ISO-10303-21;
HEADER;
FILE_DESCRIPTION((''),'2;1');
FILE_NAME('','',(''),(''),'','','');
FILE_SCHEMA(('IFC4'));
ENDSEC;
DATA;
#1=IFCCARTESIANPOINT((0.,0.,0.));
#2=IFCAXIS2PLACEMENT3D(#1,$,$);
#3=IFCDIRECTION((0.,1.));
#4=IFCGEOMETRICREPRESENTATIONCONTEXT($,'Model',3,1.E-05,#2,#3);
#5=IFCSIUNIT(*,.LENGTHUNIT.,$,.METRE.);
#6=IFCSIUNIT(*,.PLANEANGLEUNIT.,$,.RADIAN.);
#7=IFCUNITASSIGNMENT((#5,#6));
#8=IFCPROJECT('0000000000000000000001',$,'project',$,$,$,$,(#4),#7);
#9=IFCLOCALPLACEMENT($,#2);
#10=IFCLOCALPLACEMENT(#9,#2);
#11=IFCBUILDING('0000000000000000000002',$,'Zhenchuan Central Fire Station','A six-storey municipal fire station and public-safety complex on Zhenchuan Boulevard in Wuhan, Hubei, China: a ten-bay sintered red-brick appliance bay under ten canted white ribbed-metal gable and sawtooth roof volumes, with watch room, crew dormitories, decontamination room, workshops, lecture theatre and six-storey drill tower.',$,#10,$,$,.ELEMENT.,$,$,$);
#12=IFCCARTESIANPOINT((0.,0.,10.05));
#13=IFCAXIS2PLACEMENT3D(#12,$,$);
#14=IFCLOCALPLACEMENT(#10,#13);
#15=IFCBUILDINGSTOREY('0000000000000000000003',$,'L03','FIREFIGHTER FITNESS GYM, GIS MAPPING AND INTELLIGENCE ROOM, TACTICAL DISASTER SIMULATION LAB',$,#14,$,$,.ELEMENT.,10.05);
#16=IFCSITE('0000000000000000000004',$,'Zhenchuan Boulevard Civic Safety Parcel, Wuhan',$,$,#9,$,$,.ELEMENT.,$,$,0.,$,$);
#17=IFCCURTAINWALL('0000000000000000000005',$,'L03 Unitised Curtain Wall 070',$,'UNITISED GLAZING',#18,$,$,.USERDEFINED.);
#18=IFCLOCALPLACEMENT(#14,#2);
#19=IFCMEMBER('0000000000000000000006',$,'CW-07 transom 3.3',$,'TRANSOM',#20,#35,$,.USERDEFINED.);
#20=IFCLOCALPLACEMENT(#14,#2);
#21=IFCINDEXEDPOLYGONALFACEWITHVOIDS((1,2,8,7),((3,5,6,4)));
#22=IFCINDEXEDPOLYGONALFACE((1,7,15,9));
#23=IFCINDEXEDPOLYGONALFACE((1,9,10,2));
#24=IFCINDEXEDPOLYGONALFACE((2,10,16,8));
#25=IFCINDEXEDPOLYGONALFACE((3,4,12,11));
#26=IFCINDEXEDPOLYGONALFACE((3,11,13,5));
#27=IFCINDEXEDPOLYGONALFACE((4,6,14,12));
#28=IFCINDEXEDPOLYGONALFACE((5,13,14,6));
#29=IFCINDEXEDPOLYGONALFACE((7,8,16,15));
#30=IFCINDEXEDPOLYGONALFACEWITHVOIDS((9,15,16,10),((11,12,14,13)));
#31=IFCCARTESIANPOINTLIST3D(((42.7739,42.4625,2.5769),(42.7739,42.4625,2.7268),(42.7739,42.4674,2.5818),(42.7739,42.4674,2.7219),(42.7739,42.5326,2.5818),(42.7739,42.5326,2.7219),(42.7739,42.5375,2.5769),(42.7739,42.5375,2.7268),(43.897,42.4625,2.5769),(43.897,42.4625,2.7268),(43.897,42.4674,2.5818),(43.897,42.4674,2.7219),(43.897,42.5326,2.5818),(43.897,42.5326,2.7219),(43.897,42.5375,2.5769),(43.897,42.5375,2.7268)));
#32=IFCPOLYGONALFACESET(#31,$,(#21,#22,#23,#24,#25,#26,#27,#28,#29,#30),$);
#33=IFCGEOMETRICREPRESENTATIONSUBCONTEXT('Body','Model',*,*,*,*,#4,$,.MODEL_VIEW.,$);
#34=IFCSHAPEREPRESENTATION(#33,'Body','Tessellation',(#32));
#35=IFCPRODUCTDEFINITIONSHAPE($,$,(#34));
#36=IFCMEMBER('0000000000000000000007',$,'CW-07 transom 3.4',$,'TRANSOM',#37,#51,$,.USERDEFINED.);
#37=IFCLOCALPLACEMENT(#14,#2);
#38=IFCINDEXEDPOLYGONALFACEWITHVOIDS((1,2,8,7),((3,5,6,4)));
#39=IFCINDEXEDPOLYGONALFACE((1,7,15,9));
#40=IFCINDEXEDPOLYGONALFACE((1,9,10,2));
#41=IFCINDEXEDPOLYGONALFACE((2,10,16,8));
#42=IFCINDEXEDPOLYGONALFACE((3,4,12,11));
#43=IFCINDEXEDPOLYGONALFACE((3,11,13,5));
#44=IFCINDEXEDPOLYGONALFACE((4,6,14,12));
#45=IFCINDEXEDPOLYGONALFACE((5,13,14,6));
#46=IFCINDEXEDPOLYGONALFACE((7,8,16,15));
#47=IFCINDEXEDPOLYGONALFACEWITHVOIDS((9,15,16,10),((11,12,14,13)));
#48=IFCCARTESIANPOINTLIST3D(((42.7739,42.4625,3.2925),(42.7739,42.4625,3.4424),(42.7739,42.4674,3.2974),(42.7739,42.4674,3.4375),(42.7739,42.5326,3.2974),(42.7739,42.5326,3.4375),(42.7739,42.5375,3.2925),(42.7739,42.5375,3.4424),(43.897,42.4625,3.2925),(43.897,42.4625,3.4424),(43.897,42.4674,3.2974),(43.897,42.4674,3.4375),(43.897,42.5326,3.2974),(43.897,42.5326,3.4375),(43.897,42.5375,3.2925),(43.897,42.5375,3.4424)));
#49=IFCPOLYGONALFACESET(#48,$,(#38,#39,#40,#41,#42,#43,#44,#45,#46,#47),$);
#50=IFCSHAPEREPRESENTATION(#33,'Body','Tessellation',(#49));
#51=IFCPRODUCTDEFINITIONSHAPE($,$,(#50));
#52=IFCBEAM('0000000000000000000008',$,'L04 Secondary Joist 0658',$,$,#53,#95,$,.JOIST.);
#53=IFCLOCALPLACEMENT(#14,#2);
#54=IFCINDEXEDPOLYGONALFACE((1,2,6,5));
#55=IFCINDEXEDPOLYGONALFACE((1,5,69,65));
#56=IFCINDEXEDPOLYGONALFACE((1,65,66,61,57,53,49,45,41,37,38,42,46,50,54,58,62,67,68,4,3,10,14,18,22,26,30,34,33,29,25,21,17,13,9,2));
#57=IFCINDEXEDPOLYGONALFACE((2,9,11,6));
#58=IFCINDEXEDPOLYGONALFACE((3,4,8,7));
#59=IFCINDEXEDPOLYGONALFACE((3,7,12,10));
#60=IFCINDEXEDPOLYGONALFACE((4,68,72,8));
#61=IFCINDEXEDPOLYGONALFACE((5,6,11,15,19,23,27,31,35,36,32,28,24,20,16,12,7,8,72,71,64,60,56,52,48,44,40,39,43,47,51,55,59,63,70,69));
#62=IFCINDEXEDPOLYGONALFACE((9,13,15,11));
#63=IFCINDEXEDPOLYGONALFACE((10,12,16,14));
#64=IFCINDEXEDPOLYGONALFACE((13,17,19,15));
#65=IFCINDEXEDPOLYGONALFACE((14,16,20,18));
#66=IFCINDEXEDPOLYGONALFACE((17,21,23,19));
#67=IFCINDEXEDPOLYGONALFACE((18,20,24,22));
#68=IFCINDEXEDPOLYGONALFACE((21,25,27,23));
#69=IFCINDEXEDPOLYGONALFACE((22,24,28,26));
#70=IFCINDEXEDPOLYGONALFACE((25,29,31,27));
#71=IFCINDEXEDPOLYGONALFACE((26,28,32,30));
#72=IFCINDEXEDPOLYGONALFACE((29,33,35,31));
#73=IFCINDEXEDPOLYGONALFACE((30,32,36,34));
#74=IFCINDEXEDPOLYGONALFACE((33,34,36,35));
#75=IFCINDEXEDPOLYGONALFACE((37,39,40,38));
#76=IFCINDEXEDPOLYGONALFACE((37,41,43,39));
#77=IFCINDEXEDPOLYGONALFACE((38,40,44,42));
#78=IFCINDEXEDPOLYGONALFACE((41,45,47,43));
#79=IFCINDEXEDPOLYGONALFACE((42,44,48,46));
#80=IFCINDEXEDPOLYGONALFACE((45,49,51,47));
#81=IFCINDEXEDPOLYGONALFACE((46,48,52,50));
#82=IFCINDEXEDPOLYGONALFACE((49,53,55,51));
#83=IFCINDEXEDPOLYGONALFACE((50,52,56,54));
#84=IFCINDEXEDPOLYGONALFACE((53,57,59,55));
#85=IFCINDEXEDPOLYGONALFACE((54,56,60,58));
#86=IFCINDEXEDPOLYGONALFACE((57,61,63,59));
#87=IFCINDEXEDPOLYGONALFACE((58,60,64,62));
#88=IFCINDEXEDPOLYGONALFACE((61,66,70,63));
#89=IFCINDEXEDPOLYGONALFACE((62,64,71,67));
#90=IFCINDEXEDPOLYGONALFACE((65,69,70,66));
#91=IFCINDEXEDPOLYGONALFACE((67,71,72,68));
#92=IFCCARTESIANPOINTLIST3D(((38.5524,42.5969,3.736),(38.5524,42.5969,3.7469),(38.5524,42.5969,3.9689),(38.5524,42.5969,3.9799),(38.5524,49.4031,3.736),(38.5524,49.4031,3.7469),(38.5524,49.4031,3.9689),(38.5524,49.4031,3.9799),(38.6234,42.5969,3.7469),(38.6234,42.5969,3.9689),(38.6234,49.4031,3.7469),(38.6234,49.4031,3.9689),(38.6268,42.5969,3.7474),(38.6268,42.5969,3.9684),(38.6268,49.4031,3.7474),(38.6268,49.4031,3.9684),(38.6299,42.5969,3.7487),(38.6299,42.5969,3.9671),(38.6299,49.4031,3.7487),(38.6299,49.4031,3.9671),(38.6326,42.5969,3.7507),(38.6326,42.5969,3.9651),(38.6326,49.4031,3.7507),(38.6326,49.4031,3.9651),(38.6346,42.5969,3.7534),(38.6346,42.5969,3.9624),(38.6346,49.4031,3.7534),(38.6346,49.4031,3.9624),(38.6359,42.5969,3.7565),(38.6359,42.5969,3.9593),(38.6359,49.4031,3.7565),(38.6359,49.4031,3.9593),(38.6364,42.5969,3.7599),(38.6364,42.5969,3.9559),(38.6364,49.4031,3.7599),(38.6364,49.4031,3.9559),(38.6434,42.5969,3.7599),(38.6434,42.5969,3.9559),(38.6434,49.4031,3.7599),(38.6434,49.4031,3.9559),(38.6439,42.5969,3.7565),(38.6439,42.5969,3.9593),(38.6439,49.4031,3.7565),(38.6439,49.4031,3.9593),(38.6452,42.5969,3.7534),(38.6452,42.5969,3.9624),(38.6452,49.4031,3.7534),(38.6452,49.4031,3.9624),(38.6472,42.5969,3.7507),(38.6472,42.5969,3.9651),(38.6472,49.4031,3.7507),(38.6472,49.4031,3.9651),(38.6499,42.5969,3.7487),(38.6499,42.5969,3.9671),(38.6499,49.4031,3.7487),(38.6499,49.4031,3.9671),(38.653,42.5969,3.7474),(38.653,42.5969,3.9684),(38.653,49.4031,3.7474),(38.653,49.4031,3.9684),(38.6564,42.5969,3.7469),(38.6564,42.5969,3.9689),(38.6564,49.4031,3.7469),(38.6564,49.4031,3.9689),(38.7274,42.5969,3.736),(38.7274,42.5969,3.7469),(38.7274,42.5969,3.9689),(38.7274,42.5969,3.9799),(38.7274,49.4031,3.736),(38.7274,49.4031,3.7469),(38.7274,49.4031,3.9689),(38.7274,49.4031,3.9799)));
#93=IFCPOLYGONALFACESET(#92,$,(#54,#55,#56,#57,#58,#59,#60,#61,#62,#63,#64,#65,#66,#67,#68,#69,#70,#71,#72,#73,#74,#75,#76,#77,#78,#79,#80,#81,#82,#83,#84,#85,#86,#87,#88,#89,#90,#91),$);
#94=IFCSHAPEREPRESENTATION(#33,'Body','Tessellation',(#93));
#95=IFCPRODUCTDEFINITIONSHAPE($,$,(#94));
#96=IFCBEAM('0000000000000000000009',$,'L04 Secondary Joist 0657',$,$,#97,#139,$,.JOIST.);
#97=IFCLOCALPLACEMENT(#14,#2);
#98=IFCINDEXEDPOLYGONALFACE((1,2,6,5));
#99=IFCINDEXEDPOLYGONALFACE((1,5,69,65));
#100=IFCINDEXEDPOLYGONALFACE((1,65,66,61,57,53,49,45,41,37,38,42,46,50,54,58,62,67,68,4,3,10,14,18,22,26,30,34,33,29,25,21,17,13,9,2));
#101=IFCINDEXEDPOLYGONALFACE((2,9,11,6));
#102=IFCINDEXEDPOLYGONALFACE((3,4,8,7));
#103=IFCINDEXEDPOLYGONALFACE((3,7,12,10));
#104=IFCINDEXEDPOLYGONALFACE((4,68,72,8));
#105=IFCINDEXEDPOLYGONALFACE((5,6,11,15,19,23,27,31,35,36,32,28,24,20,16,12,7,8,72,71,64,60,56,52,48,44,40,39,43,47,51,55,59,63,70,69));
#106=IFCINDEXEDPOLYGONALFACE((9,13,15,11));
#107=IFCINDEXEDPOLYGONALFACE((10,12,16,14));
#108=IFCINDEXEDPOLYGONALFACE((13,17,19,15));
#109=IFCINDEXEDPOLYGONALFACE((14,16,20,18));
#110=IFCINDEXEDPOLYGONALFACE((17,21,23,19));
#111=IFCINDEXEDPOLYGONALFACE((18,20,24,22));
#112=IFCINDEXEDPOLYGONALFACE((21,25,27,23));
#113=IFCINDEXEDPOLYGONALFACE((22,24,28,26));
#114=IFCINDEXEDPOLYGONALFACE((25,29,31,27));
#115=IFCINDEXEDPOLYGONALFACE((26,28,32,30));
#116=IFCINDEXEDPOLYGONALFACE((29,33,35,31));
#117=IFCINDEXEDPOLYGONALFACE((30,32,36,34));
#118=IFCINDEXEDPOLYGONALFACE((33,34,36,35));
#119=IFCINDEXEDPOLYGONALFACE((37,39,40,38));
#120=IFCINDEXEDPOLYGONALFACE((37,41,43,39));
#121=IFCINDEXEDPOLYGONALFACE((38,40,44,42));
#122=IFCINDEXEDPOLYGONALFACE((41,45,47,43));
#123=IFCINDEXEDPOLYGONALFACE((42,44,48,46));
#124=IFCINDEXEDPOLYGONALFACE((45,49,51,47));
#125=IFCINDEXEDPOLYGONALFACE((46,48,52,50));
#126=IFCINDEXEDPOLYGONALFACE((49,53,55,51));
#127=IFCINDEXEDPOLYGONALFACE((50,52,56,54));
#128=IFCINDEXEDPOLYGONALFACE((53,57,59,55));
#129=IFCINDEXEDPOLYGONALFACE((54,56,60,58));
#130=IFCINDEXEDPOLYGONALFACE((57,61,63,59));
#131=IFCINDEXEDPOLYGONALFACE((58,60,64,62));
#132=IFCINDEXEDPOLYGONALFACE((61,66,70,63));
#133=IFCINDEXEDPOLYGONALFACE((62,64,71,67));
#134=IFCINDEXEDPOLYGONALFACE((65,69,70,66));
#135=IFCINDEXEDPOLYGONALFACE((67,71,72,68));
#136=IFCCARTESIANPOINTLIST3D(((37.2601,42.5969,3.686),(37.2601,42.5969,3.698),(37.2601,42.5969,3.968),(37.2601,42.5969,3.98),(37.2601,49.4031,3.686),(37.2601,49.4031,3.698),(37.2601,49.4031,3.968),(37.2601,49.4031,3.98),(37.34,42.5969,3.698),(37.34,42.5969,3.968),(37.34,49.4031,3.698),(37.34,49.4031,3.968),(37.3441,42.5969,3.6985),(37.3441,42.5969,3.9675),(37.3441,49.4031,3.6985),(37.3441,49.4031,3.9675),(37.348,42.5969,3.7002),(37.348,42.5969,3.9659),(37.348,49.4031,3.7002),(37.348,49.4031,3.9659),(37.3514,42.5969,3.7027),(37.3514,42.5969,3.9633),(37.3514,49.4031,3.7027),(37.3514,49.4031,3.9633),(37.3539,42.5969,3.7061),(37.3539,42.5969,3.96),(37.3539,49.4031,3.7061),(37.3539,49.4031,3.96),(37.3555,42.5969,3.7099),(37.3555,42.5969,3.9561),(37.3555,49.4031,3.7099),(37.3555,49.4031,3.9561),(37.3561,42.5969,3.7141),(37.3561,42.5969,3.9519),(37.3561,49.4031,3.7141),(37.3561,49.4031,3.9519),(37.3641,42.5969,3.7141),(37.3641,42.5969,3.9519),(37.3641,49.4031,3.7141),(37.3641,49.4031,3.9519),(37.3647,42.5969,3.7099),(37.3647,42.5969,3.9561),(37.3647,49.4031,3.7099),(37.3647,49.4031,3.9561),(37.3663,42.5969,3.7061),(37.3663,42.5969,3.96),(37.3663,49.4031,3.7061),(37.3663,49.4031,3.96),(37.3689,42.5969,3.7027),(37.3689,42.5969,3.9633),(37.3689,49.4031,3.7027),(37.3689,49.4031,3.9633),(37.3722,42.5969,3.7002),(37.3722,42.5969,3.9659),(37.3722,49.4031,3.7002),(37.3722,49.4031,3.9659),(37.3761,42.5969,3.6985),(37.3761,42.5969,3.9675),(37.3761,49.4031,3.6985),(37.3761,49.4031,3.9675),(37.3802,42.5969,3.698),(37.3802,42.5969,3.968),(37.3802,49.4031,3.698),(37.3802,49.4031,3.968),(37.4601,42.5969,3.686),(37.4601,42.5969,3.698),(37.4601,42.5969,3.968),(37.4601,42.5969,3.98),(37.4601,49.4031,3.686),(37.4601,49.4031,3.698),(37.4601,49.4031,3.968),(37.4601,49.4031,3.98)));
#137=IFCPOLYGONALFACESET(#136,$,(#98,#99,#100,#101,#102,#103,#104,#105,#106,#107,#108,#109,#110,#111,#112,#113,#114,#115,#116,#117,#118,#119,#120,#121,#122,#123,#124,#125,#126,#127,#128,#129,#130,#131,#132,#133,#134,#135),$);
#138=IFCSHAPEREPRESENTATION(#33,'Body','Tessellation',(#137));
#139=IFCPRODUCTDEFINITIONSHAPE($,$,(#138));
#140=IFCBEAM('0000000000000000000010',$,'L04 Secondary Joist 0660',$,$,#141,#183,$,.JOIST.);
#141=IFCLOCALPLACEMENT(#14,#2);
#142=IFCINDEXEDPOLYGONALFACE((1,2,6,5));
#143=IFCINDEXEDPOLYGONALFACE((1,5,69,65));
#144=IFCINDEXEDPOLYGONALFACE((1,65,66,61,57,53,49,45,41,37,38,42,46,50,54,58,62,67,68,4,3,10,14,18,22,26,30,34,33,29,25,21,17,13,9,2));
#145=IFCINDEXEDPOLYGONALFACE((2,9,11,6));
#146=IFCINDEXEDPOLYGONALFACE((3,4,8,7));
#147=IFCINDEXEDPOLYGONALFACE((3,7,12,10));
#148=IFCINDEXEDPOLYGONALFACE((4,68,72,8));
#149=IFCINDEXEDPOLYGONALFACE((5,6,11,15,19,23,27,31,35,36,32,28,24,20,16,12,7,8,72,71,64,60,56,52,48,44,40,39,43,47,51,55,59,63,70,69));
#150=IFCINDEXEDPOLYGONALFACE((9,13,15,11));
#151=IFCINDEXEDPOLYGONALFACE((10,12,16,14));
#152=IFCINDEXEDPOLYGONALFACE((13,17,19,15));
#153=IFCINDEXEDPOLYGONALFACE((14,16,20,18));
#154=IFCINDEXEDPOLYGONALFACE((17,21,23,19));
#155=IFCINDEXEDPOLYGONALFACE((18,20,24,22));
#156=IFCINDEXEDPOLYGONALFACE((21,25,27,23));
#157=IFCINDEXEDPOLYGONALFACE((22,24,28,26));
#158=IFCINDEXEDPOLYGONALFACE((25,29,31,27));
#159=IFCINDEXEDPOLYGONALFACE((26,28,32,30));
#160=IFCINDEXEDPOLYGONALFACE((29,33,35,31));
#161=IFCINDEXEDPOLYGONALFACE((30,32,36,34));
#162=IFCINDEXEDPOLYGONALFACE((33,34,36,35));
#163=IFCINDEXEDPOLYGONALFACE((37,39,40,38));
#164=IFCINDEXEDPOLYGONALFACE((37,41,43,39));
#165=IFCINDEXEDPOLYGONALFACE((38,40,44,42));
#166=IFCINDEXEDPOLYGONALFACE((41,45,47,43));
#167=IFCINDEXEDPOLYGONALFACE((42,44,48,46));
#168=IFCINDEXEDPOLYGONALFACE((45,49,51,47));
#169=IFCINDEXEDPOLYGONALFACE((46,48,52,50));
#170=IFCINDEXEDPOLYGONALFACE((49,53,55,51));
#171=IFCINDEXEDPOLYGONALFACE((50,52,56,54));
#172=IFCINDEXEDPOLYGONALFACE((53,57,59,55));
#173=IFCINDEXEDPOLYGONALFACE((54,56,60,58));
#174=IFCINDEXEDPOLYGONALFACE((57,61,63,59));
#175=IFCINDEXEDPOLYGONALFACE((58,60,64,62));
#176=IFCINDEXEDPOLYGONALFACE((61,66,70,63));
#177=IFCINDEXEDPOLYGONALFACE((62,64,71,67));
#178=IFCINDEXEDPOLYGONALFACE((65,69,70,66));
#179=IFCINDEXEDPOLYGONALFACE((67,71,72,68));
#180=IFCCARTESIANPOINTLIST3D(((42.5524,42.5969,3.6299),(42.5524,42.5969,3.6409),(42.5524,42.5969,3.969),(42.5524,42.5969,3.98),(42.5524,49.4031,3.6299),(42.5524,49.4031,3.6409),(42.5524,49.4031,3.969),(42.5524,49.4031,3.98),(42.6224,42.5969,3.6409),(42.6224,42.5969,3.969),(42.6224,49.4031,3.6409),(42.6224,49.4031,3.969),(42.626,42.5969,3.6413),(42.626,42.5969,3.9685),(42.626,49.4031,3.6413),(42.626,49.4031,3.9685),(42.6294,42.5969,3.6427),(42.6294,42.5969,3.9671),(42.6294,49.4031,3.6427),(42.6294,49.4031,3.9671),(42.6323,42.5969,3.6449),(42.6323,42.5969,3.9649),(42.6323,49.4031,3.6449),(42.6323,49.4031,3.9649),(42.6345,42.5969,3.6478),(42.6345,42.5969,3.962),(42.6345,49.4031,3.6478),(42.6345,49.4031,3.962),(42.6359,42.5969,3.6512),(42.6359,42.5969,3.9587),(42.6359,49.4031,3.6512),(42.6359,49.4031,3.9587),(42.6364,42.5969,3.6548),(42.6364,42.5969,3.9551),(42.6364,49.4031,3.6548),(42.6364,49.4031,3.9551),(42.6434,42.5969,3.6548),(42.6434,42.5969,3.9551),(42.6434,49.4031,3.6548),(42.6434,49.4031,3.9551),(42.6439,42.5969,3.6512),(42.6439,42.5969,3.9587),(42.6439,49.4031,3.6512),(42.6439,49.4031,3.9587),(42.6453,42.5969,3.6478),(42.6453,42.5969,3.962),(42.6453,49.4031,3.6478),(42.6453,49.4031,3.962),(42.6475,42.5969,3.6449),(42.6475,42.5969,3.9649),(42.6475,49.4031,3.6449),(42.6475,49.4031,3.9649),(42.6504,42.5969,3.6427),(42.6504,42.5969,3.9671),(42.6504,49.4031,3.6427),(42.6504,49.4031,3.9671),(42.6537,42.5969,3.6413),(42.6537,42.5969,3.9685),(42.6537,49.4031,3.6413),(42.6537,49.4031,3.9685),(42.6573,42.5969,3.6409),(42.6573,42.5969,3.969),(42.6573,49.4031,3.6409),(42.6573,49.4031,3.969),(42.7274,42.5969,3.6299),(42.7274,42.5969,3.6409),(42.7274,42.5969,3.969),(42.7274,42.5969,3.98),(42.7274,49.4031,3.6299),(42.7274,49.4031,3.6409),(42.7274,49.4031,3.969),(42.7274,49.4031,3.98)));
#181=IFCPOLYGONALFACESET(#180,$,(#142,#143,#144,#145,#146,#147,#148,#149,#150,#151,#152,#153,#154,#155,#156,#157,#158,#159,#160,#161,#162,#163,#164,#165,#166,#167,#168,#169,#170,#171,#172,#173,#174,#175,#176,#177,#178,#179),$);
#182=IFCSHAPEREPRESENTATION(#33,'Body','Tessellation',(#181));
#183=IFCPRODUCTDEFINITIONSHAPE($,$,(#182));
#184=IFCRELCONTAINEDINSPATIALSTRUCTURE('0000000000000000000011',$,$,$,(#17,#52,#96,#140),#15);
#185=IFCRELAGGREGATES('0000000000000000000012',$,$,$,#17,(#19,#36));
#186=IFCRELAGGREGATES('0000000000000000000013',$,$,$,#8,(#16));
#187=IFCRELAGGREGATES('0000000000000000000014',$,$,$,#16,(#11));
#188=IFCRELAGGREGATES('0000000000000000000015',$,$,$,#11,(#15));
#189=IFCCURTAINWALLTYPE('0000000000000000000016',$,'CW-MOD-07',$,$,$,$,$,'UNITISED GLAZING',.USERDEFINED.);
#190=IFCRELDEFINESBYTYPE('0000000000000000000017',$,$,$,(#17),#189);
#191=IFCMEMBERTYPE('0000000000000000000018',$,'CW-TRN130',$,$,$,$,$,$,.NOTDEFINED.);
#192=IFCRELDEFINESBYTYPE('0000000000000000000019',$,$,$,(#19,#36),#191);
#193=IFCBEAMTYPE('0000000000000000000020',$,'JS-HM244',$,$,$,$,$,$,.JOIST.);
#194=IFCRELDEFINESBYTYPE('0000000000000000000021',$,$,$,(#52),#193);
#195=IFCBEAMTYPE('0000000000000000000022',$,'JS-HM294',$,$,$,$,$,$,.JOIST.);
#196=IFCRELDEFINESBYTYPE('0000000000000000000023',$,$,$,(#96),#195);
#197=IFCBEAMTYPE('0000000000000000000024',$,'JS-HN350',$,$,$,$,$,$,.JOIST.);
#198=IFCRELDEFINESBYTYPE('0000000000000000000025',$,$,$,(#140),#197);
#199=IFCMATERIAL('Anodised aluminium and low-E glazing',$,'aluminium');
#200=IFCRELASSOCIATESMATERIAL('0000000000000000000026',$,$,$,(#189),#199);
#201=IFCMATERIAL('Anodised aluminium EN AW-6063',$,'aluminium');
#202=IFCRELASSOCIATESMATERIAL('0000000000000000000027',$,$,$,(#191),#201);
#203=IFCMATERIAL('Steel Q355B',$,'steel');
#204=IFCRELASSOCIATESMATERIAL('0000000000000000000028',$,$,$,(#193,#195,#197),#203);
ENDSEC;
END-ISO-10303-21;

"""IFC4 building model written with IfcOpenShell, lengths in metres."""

from ifc_helpers import new_model, si_unit, direction, frame, origin, origin_2d, place, context, subcontext, project, spatial, hollow_rectangle, i_section, extrude, material, material_profile, profile_set, type_object, element, aggregate, save


model = new_model("IFC4")

# Units and contexts
model_context = context("Model", 3, precision=1e-05, world=origin(), true_north=direction((0.0, 1.0)))
body_context = subcontext(model_context, "Body", "Model", "MODEL_VIEW")
ifc_project = project(units=[si_unit("LENGTHUNIT", "METRE"), si_unit("PLANEANGLEUNIT", "RADIAN")], contexts=[model_context])

# Site, building, storey
site_placement = place(None, origin())
site = spatial("IfcSite", under=ifc_project, at=site_placement, Name="Zhenchuan Boulevard Civic Safety Parcel, Wuhan", CompositionType="ELEMENT", RefElevation=0.0)
building_placement = place(site_placement, origin())
building = spatial("IfcBuilding", under=site, at=building_placement, Name="Zhenchuan Central Fire Station", Description="A six-storey municipal fire station and public-safety complex on Zhenchuan Boulevard in Wuhan, Hubei, China: a ten-bay sintered red-brick appliance bay under ten canted white ribbed-metal gable and sawtooth roof volumes, with watch room, crew dormitories, decontamination room, workshops, lecture theatre and six-storey drill tower.", CompositionType="ELEMENT")
storey_placement = place(building_placement, frame((0.0, 0.0, 10.05)))
storey = spatial("IfcBuildingStorey", under=building, at=storey_placement, Name="L03", Description="FIREFIGHTER FITNESS GYM, GIS MAPPING AND INTELLIGENCE ROOM, TACTICAL DISASTER SIMULATION LAB", CompositionType="ELEMENT", Elevation=10.05)

# Shared definitions
ifc_material_1 = material(Name="Steel Q355B", Category="steel")

# Curtain wall, members
ifc_material_2 = material(Name="Anodised aluminium and low-E glazing", Category="aluminium")
curtain_wall_type = type_object("IfcCurtainWallType", Name="CW-MOD-07", ElementType="UNITISED GLAZING", PredefinedType="USERDEFINED", material=ifc_material_2)
curtain_wall_placement = place(storey_placement, origin())
curtain_wall = element("IfcCurtainWall", 1, at=curtain_wall_placement, inside=storey, type_object=curtain_wall_type, Name="L03 Unitised Curtain Wall 070", ObjectType="UNITISED GLAZING", PredefinedType="USERDEFINED")
ifc_material_3 = material(Name="Anodised aluminium EN AW-6063", Category="aluminium")
ifc_material_profile_1 = material_profile(ifc_material_3, hollow_rectangle(XDim=0.075, YDim=0.1499, WallThickness=0.0049, at=origin_2d()), Name="ALU-T 150x75")
ifc_profile_set_1 = profile_set([ifc_material_profile_1], Name="Anodised aluminium EN AW-6063")
member_type_1 = type_object("IfcMemberType", Name="CW-TRN130", PredefinedType="NOTDEFINED", material=ifc_profile_set_1)
member_1_placement = place(storey_placement, frame((42.7739, 42.5, 2.6519), z_axis=(1.0, 0.0, 0.0), x_axis=(0.0, 1.0, 0.0)))
member_1 = element("IfcMember", 2, at=member_1_placement, type_object=member_type_1, Name="CW-07 transom 3.3", ObjectType="TRANSOM", PredefinedType="USERDEFINED", context=body_context, shape_type="SweptSolid", body=[
    extrude(hollow_rectangle(XDim=0.075, YDim=0.1499, WallThickness=0.0049, at=origin_2d()), origin(), (0.0, 0.0, 1.0), 1.123),
])
member_2_placement = place(storey_placement, frame((42.7739, 42.5, 3.3674), z_axis=(1.0, 0.0, 0.0), x_axis=(0.0, 1.0, 0.0)))
member_2 = element("IfcMember", 3, at=member_2_placement, type_object=member_type_1, Name="CW-07 transom 3.4", ObjectType="TRANSOM", PredefinedType="USERDEFINED", context=body_context, shape_type="SweptSolid", body=[
    extrude(hollow_rectangle(XDim=0.075, YDim=0.1499, WallThickness=0.0049, at=origin_2d()), origin(), (0.0, 0.0, 1.0), 1.123),
])

# Beams
ifc_material_profile_2 = material_profile(ifc_material_1, i_section(OverallWidth=0.175, OverallDepth=0.2439, WebThickness=0.0071, FlangeThickness=0.011, FilletRadius=0.0129, at=origin_2d()), Name="HM 244x175")
ifc_profile_set_2 = profile_set([ifc_material_profile_2], Name="Steel Q355B")
beam_type_1 = type_object("IfcBeamType", Name="JS-HM244", PredefinedType="JOIST", material=ifc_profile_set_2)
beam_1_placement = place(storey_placement, frame((38.6399, 42.5969, 3.8579), z_axis=(0.0, 1.0, 0.0), x_axis=(-1.0, 0.0, 0.0)))
element("IfcBeam", 4, at=beam_1_placement, inside=storey, type_object=beam_type_1, Name="L04 Secondary Joist 0658", PredefinedType="JOIST", context=body_context, shape_type="SweptSolid", body=[
    extrude(i_section(OverallWidth=0.175, OverallDepth=0.2439, WebThickness=0.0071, FlangeThickness=0.011, FilletRadius=0.0129, at=origin_2d()), origin(), (0.0, 0.0, 1.0), 6.8062),
])
ifc_material_profile_3 = material_profile(ifc_material_1, i_section(OverallWidth=0.2, OverallDepth=0.2939, WebThickness=0.0081, FlangeThickness=0.012, FilletRadius=0.0161, at=origin_2d()), Name="HM 294x200")
ifc_profile_set_3 = profile_set([ifc_material_profile_3], Name="Steel Q355B")
beam_type_2 = type_object("IfcBeamType", Name="JS-HM294", PredefinedType="JOIST", material=ifc_profile_set_3)
beam_2_placement = place(storey_placement, frame((37.3601, 42.5969, 3.833), z_axis=(0.0, 1.0, 0.0), x_axis=(-1.0, 0.0, 0.0)))
element("IfcBeam", 5, at=beam_2_placement, inside=storey, type_object=beam_type_2, Name="L04 Secondary Joist 0657", PredefinedType="JOIST", context=body_context, shape_type="SweptSolid", body=[
    extrude(i_section(OverallWidth=0.2, OverallDepth=0.2939, WebThickness=0.0081, FlangeThickness=0.012, FilletRadius=0.0161, at=origin_2d()), origin(), (0.0, 0.0, 1.0), 6.8062),
])
ifc_material_profile_4 = material_profile(ifc_material_1, i_section(OverallWidth=0.175, OverallDepth=0.3501, WebThickness=0.0071, FlangeThickness=0.011, FilletRadius=0.0139, at=origin_2d()), Name="HN 350x175")
ifc_profile_set_4 = profile_set([ifc_material_profile_4], Name="Steel Q355B")
beam_type_3 = type_object("IfcBeamType", Name="JS-HN350", PredefinedType="JOIST", material=ifc_profile_set_4)
beam_3_placement = place(storey_placement, frame((42.6399, 42.5969, 3.8049), z_axis=(0.0, 1.0, 0.0), x_axis=(-1.0, 0.0, 0.0)))
element("IfcBeam", 6, at=beam_3_placement, inside=storey, type_object=beam_type_3, Name="L04 Secondary Joist 0660", PredefinedType="JOIST", context=body_context, shape_type="SweptSolid", body=[
    extrude(i_section(OverallWidth=0.175, OverallDepth=0.3501, WebThickness=0.0071, FlangeThickness=0.011, FilletRadius=0.0139, at=origin_2d()), origin(), (0.0, 0.0, 1.0), 6.8062),
])

aggregate(curtain_wall, [member_1, member_2])

save(model, "model.ifc")
